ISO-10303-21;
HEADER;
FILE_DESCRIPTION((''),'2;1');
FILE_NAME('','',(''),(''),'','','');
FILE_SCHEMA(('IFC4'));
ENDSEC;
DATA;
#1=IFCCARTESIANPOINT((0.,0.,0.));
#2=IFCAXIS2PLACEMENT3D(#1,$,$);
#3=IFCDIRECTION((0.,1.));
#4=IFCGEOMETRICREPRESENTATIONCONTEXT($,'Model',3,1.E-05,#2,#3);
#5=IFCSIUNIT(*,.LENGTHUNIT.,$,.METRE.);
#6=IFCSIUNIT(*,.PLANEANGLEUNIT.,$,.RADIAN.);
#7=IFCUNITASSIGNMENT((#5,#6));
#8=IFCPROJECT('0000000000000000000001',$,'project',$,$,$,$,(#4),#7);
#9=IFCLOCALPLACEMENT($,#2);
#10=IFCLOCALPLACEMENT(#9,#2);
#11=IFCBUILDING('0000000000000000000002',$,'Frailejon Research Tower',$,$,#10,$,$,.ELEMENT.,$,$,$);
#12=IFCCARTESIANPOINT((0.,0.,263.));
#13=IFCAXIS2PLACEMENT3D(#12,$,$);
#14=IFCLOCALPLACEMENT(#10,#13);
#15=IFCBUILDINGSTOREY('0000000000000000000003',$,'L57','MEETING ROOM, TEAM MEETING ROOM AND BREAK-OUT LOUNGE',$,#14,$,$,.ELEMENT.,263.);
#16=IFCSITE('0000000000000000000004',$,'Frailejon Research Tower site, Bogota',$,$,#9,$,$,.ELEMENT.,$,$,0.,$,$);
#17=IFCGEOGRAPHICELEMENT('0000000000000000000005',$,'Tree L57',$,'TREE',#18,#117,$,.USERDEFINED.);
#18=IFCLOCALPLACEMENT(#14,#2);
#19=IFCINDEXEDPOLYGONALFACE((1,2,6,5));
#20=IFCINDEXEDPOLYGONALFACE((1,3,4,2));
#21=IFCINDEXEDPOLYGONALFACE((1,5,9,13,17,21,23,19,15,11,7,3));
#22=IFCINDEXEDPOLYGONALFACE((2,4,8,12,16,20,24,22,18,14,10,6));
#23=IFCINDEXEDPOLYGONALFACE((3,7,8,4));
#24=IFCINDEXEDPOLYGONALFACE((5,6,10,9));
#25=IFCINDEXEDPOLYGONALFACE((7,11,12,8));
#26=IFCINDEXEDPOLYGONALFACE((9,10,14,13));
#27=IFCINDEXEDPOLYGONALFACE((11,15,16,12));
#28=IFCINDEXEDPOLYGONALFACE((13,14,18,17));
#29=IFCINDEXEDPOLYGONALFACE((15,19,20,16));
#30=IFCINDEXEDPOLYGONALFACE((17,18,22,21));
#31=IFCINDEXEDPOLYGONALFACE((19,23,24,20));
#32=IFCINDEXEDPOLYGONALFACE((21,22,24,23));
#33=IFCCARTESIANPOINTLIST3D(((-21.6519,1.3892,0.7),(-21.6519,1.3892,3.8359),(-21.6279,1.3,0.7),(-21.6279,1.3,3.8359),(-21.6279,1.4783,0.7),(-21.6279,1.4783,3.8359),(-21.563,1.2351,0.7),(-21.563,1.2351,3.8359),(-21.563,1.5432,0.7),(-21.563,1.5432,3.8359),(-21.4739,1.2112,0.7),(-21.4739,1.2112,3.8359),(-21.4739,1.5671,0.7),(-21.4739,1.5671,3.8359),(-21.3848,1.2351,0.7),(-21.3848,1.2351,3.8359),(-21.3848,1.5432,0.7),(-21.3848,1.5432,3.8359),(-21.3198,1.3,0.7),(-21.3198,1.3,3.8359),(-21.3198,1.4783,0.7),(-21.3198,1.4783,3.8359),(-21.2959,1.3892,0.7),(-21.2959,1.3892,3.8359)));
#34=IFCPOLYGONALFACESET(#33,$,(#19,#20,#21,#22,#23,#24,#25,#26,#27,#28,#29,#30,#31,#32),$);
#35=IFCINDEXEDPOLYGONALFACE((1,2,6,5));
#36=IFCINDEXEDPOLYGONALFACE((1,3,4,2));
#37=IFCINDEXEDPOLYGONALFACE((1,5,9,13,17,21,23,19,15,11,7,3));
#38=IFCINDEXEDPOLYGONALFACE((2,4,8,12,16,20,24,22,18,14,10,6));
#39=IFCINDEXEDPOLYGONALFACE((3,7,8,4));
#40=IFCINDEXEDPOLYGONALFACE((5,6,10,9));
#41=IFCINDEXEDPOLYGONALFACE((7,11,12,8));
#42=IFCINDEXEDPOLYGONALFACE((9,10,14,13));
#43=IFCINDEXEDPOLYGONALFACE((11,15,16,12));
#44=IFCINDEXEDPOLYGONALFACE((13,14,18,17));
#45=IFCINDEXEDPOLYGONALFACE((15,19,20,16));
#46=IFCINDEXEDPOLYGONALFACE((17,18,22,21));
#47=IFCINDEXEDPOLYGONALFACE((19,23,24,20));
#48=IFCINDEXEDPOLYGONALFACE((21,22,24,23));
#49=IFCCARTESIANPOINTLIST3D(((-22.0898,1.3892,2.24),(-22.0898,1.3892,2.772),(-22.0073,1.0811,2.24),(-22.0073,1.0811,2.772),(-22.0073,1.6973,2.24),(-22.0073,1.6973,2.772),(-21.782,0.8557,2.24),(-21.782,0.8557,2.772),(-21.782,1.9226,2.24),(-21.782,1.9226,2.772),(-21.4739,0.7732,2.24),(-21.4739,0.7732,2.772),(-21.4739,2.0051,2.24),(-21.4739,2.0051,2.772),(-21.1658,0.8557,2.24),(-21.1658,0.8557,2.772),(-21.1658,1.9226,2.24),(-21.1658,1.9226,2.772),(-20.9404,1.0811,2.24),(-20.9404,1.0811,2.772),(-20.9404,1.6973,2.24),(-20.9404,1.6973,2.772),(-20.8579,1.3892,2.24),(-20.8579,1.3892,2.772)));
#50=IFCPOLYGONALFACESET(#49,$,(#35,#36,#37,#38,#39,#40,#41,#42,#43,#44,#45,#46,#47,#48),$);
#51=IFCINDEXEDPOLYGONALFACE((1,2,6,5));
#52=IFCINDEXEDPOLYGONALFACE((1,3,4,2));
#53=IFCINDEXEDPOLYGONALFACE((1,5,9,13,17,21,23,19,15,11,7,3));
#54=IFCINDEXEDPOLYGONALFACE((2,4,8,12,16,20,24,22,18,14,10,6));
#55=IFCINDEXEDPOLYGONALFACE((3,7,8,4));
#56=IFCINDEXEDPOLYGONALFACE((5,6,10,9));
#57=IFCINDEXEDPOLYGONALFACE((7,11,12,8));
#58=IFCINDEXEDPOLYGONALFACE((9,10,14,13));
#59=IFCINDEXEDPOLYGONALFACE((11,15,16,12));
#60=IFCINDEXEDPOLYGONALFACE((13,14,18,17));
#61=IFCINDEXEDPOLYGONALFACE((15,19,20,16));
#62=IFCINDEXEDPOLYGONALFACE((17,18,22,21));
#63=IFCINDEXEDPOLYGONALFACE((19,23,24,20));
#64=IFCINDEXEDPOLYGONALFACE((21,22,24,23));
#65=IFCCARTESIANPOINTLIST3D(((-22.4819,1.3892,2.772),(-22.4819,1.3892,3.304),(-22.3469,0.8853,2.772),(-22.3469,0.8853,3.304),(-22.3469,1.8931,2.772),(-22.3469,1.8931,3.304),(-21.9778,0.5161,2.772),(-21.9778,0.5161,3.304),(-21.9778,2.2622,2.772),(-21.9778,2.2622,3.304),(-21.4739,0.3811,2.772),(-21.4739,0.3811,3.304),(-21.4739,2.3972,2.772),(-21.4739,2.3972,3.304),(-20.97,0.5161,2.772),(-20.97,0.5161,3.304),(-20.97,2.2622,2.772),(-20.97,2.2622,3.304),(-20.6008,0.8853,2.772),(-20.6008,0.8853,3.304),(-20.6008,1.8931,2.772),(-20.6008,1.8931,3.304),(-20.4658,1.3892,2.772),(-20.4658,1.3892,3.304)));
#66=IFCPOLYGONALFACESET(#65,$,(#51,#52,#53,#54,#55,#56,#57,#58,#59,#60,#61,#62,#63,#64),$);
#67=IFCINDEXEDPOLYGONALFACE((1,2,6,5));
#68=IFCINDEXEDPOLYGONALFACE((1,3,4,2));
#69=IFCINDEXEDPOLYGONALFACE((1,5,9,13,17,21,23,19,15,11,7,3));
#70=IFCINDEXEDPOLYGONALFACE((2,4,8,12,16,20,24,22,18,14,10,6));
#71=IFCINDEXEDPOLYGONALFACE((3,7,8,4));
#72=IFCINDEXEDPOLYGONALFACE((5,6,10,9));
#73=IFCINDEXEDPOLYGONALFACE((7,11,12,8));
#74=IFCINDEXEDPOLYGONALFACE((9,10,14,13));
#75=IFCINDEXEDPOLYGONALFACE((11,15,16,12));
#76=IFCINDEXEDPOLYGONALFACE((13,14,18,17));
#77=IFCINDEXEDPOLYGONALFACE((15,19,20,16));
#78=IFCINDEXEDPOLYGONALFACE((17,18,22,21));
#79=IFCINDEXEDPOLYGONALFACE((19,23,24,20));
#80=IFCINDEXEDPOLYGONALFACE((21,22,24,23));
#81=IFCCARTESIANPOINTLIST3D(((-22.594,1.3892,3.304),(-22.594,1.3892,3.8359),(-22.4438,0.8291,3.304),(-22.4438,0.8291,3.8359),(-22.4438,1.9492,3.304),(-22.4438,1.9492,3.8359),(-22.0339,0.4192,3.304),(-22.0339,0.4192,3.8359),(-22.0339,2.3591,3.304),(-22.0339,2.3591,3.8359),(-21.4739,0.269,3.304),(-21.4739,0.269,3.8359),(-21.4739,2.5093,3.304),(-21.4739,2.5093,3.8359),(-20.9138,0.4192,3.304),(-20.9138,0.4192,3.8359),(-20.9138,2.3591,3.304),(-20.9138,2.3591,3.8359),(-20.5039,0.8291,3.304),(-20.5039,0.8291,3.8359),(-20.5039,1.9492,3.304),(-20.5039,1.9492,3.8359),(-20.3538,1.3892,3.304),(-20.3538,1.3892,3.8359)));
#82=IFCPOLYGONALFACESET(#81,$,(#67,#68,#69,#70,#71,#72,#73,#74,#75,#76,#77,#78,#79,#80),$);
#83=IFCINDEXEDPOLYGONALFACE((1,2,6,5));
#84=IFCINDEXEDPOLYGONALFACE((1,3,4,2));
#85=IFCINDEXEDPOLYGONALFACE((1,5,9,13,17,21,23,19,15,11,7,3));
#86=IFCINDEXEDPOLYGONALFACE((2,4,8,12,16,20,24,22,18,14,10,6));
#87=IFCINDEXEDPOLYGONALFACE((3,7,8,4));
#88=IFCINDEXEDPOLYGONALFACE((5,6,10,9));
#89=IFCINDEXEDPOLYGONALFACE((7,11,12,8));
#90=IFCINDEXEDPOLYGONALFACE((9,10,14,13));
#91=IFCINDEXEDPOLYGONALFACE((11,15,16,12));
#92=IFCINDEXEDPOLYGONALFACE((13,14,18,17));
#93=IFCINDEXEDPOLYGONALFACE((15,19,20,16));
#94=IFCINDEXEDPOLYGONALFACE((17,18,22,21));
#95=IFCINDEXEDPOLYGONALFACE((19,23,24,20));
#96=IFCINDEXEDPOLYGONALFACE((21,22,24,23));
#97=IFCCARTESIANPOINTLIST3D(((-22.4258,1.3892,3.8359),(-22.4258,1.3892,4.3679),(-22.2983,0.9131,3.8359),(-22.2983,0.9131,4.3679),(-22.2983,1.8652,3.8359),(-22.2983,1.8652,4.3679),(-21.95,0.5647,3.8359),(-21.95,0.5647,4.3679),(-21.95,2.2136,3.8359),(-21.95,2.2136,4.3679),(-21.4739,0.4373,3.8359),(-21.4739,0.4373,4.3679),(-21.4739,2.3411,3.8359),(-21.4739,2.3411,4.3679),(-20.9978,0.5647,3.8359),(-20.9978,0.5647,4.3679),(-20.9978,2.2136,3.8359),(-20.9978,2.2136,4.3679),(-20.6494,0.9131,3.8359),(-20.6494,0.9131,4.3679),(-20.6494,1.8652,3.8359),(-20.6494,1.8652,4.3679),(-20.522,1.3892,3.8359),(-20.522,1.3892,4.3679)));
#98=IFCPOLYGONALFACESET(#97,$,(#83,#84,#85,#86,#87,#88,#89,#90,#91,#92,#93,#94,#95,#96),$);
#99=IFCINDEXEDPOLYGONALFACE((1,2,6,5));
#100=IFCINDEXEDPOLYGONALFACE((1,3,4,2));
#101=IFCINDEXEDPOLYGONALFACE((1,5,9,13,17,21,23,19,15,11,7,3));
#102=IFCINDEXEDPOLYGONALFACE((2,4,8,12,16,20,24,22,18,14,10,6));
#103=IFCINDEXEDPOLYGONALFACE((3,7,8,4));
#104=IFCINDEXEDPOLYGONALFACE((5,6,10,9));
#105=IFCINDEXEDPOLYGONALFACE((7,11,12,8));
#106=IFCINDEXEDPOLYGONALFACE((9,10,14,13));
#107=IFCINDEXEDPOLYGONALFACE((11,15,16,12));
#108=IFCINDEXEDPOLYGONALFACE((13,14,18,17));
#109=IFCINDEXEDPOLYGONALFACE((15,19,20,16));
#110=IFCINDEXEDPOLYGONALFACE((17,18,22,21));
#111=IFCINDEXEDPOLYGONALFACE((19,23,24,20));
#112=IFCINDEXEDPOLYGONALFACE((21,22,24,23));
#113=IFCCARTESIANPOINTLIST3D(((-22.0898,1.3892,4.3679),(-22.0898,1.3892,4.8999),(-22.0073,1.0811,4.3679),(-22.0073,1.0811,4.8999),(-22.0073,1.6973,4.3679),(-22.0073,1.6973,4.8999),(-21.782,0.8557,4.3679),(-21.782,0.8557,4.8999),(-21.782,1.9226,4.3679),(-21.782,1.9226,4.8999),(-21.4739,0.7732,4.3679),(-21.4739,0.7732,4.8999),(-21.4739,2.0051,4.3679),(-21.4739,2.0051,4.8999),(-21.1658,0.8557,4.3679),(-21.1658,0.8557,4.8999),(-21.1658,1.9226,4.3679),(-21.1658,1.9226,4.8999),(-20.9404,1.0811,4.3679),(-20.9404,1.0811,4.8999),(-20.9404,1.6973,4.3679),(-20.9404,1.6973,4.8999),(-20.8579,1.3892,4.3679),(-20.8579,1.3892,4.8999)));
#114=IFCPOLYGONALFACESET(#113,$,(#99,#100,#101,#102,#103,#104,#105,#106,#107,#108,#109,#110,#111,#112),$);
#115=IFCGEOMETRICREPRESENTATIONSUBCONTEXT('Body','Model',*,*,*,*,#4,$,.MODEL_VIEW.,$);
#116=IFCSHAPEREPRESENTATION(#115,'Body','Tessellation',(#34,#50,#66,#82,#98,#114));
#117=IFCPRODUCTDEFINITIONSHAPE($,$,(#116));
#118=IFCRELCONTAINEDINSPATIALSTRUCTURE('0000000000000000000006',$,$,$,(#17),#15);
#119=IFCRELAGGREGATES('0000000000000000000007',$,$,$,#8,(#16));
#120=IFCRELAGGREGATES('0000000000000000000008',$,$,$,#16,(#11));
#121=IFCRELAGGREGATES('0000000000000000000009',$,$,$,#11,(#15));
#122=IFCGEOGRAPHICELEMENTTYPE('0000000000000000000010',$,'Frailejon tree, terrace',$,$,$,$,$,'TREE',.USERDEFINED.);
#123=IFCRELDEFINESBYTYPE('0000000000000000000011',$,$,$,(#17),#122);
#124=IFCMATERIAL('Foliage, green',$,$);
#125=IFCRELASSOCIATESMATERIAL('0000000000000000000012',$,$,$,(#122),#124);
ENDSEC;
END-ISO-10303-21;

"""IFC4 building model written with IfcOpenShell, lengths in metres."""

from ifc_helpers import new_model, si_unit, direction, frame, origin, place, context, subcontext, project, spatial, polyline, outline, extrude, material, type_object, element, save


model = new_model("IFC4")

# Units and contexts
model_context = context("Model", 3, precision=1e-05, world=origin(), true_north=direction((0.0, 1.0)))
body_context = subcontext(model_context, "Body", "Model", "MODEL_VIEW")
ifc_project = project(units=[si_unit("LENGTHUNIT", "METRE"), si_unit("PLANEANGLEUNIT", "RADIAN")], contexts=[model_context])

# Site, building, storey
site_placement = place(None, origin())
site = spatial("IfcSite", under=ifc_project, at=site_placement, Name="Frailejon Research Tower site, Bogota", CompositionType="ELEMENT", RefElevation=0.0)
building_placement = place(site_placement, origin())
building = spatial("IfcBuilding", under=site, at=building_placement, Name="Frailejon Research Tower", CompositionType="ELEMENT")
storey_placement = place(building_placement, frame((0.0, 0.0, 263.0)))
storey = spatial("IfcBuildingStorey", under=building, at=storey_placement, Name="L57", Description="MEETING ROOM, TEAM MEETING ROOM AND BREAK-OUT LOUNGE", CompositionType="ELEMENT", Elevation=263.0)

# Geographic element
ifc_material_1 = material(Name="Foliage, green")
geographic_element_type = type_object("IfcGeographicElementType", Name="Frailejon tree, terrace", ElementType="TREE", PredefinedType="USERDEFINED", material=ifc_material_1)
geographic_element_placement = place(storey_placement, frame((-21.4739, 1.3892, 0.7)))
element("IfcGeographicElement", 1, at=geographic_element_placement, inside=storey, type_object=geographic_element_type, Name="Tree L57", ObjectType="TREE", PredefinedType="USERDEFINED", context=body_context, shape_type="SweptSolid", body=[
    extrude(outline(polyline([(0.178, 0.0), (0.1541, 0.0891), (0.0891, 0.1541), (0.0, 0.178), (-0.0891, 0.1541), (-0.1541, 0.0891), (-0.178, 0.0), (-0.1541, -0.0891), (-0.0891, -0.1541), (0.0, -0.178), (0.0891, -0.1541), (0.1541, -0.0891), (0.178, 0.0)])), origin(), (0.0, 0.0, 1.0), 3.136),
    extrude(outline(polyline([(0.616, 0.0), (0.5334, 0.3081), (0.3081, 0.5334), (0.0, 0.616), (-0.3081, 0.5334), (-0.5334, 0.3081), (-0.616, 0.0), (-0.5334, -0.3081), (-0.3081, -0.5334), (0.0, -0.616), (0.3081, -0.5334), (0.5334, -0.3081), (0.616, 0.0)])), frame((0.0, 0.0, 1.54)), (0.0, 0.0, 1.0), 0.532),
    extrude(outline(polyline([(1.0081, 0.0), (0.873, 0.5039), (0.5039, 0.873), (0.0, 1.0081), (-0.5039, 0.873), (-0.873, 0.5039), (-1.0081, 0.0), (-0.873, -0.5039), (-0.5039, -0.873), (0.0, -1.0081), (0.5039, -0.873), (0.873, -0.5039), (1.0081, 0.0)])), frame((0.0, 0.0, 2.072)), (0.0, 0.0, 1.0), 0.532),
    extrude(outline(polyline([(1.1201, 0.0), (0.97, 0.5601), (0.5601, 0.97), (0.0, 1.1201), (-0.5601, 0.97), (-0.97, 0.5601), (-1.1201, 0.0), (-0.97, -0.5601), (-0.5601, -0.97), (0.0, -1.1201), (0.5601, -0.97), (0.97, -0.5601), (1.1201, 0.0)])), frame((0.0, 0.0, 2.604)), (0.0, 0.0, 1.0), 0.532),
    extrude(outline(polyline([(0.9519, 0.0), (0.8245, 0.4761), (0.4761, 0.8245), (0.0, 0.9519), (-0.4761, 0.8245), (-0.8245, 0.4761), (-0.9519, 0.0), (-0.8245, -0.4761), (-0.4761, -0.8245), (0.0, -0.9519), (0.4761, -0.8245), (0.8245, -0.4761), (0.9519, 0.0)])), frame((0.0, 0.0, 3.136)), (0.0, 0.0, 1.0), 0.532),
    extrude(outline(polyline([(0.616, 0.0), (0.5334, 0.3081), (0.3081, 0.5334), (0.0, 0.616), (-0.3081, 0.5334), (-0.5334, 0.3081), (-0.616, 0.0), (-0.5334, -0.3081), (-0.3081, -0.5334), (0.0, -0.616), (0.3081, -0.5334), (0.5334, -0.3081), (0.616, 0.0)])), frame((0.0, 0.0, 3.668)), (0.0, 0.0, 1.0), 0.532),
])

save(model, "model.ifc")
